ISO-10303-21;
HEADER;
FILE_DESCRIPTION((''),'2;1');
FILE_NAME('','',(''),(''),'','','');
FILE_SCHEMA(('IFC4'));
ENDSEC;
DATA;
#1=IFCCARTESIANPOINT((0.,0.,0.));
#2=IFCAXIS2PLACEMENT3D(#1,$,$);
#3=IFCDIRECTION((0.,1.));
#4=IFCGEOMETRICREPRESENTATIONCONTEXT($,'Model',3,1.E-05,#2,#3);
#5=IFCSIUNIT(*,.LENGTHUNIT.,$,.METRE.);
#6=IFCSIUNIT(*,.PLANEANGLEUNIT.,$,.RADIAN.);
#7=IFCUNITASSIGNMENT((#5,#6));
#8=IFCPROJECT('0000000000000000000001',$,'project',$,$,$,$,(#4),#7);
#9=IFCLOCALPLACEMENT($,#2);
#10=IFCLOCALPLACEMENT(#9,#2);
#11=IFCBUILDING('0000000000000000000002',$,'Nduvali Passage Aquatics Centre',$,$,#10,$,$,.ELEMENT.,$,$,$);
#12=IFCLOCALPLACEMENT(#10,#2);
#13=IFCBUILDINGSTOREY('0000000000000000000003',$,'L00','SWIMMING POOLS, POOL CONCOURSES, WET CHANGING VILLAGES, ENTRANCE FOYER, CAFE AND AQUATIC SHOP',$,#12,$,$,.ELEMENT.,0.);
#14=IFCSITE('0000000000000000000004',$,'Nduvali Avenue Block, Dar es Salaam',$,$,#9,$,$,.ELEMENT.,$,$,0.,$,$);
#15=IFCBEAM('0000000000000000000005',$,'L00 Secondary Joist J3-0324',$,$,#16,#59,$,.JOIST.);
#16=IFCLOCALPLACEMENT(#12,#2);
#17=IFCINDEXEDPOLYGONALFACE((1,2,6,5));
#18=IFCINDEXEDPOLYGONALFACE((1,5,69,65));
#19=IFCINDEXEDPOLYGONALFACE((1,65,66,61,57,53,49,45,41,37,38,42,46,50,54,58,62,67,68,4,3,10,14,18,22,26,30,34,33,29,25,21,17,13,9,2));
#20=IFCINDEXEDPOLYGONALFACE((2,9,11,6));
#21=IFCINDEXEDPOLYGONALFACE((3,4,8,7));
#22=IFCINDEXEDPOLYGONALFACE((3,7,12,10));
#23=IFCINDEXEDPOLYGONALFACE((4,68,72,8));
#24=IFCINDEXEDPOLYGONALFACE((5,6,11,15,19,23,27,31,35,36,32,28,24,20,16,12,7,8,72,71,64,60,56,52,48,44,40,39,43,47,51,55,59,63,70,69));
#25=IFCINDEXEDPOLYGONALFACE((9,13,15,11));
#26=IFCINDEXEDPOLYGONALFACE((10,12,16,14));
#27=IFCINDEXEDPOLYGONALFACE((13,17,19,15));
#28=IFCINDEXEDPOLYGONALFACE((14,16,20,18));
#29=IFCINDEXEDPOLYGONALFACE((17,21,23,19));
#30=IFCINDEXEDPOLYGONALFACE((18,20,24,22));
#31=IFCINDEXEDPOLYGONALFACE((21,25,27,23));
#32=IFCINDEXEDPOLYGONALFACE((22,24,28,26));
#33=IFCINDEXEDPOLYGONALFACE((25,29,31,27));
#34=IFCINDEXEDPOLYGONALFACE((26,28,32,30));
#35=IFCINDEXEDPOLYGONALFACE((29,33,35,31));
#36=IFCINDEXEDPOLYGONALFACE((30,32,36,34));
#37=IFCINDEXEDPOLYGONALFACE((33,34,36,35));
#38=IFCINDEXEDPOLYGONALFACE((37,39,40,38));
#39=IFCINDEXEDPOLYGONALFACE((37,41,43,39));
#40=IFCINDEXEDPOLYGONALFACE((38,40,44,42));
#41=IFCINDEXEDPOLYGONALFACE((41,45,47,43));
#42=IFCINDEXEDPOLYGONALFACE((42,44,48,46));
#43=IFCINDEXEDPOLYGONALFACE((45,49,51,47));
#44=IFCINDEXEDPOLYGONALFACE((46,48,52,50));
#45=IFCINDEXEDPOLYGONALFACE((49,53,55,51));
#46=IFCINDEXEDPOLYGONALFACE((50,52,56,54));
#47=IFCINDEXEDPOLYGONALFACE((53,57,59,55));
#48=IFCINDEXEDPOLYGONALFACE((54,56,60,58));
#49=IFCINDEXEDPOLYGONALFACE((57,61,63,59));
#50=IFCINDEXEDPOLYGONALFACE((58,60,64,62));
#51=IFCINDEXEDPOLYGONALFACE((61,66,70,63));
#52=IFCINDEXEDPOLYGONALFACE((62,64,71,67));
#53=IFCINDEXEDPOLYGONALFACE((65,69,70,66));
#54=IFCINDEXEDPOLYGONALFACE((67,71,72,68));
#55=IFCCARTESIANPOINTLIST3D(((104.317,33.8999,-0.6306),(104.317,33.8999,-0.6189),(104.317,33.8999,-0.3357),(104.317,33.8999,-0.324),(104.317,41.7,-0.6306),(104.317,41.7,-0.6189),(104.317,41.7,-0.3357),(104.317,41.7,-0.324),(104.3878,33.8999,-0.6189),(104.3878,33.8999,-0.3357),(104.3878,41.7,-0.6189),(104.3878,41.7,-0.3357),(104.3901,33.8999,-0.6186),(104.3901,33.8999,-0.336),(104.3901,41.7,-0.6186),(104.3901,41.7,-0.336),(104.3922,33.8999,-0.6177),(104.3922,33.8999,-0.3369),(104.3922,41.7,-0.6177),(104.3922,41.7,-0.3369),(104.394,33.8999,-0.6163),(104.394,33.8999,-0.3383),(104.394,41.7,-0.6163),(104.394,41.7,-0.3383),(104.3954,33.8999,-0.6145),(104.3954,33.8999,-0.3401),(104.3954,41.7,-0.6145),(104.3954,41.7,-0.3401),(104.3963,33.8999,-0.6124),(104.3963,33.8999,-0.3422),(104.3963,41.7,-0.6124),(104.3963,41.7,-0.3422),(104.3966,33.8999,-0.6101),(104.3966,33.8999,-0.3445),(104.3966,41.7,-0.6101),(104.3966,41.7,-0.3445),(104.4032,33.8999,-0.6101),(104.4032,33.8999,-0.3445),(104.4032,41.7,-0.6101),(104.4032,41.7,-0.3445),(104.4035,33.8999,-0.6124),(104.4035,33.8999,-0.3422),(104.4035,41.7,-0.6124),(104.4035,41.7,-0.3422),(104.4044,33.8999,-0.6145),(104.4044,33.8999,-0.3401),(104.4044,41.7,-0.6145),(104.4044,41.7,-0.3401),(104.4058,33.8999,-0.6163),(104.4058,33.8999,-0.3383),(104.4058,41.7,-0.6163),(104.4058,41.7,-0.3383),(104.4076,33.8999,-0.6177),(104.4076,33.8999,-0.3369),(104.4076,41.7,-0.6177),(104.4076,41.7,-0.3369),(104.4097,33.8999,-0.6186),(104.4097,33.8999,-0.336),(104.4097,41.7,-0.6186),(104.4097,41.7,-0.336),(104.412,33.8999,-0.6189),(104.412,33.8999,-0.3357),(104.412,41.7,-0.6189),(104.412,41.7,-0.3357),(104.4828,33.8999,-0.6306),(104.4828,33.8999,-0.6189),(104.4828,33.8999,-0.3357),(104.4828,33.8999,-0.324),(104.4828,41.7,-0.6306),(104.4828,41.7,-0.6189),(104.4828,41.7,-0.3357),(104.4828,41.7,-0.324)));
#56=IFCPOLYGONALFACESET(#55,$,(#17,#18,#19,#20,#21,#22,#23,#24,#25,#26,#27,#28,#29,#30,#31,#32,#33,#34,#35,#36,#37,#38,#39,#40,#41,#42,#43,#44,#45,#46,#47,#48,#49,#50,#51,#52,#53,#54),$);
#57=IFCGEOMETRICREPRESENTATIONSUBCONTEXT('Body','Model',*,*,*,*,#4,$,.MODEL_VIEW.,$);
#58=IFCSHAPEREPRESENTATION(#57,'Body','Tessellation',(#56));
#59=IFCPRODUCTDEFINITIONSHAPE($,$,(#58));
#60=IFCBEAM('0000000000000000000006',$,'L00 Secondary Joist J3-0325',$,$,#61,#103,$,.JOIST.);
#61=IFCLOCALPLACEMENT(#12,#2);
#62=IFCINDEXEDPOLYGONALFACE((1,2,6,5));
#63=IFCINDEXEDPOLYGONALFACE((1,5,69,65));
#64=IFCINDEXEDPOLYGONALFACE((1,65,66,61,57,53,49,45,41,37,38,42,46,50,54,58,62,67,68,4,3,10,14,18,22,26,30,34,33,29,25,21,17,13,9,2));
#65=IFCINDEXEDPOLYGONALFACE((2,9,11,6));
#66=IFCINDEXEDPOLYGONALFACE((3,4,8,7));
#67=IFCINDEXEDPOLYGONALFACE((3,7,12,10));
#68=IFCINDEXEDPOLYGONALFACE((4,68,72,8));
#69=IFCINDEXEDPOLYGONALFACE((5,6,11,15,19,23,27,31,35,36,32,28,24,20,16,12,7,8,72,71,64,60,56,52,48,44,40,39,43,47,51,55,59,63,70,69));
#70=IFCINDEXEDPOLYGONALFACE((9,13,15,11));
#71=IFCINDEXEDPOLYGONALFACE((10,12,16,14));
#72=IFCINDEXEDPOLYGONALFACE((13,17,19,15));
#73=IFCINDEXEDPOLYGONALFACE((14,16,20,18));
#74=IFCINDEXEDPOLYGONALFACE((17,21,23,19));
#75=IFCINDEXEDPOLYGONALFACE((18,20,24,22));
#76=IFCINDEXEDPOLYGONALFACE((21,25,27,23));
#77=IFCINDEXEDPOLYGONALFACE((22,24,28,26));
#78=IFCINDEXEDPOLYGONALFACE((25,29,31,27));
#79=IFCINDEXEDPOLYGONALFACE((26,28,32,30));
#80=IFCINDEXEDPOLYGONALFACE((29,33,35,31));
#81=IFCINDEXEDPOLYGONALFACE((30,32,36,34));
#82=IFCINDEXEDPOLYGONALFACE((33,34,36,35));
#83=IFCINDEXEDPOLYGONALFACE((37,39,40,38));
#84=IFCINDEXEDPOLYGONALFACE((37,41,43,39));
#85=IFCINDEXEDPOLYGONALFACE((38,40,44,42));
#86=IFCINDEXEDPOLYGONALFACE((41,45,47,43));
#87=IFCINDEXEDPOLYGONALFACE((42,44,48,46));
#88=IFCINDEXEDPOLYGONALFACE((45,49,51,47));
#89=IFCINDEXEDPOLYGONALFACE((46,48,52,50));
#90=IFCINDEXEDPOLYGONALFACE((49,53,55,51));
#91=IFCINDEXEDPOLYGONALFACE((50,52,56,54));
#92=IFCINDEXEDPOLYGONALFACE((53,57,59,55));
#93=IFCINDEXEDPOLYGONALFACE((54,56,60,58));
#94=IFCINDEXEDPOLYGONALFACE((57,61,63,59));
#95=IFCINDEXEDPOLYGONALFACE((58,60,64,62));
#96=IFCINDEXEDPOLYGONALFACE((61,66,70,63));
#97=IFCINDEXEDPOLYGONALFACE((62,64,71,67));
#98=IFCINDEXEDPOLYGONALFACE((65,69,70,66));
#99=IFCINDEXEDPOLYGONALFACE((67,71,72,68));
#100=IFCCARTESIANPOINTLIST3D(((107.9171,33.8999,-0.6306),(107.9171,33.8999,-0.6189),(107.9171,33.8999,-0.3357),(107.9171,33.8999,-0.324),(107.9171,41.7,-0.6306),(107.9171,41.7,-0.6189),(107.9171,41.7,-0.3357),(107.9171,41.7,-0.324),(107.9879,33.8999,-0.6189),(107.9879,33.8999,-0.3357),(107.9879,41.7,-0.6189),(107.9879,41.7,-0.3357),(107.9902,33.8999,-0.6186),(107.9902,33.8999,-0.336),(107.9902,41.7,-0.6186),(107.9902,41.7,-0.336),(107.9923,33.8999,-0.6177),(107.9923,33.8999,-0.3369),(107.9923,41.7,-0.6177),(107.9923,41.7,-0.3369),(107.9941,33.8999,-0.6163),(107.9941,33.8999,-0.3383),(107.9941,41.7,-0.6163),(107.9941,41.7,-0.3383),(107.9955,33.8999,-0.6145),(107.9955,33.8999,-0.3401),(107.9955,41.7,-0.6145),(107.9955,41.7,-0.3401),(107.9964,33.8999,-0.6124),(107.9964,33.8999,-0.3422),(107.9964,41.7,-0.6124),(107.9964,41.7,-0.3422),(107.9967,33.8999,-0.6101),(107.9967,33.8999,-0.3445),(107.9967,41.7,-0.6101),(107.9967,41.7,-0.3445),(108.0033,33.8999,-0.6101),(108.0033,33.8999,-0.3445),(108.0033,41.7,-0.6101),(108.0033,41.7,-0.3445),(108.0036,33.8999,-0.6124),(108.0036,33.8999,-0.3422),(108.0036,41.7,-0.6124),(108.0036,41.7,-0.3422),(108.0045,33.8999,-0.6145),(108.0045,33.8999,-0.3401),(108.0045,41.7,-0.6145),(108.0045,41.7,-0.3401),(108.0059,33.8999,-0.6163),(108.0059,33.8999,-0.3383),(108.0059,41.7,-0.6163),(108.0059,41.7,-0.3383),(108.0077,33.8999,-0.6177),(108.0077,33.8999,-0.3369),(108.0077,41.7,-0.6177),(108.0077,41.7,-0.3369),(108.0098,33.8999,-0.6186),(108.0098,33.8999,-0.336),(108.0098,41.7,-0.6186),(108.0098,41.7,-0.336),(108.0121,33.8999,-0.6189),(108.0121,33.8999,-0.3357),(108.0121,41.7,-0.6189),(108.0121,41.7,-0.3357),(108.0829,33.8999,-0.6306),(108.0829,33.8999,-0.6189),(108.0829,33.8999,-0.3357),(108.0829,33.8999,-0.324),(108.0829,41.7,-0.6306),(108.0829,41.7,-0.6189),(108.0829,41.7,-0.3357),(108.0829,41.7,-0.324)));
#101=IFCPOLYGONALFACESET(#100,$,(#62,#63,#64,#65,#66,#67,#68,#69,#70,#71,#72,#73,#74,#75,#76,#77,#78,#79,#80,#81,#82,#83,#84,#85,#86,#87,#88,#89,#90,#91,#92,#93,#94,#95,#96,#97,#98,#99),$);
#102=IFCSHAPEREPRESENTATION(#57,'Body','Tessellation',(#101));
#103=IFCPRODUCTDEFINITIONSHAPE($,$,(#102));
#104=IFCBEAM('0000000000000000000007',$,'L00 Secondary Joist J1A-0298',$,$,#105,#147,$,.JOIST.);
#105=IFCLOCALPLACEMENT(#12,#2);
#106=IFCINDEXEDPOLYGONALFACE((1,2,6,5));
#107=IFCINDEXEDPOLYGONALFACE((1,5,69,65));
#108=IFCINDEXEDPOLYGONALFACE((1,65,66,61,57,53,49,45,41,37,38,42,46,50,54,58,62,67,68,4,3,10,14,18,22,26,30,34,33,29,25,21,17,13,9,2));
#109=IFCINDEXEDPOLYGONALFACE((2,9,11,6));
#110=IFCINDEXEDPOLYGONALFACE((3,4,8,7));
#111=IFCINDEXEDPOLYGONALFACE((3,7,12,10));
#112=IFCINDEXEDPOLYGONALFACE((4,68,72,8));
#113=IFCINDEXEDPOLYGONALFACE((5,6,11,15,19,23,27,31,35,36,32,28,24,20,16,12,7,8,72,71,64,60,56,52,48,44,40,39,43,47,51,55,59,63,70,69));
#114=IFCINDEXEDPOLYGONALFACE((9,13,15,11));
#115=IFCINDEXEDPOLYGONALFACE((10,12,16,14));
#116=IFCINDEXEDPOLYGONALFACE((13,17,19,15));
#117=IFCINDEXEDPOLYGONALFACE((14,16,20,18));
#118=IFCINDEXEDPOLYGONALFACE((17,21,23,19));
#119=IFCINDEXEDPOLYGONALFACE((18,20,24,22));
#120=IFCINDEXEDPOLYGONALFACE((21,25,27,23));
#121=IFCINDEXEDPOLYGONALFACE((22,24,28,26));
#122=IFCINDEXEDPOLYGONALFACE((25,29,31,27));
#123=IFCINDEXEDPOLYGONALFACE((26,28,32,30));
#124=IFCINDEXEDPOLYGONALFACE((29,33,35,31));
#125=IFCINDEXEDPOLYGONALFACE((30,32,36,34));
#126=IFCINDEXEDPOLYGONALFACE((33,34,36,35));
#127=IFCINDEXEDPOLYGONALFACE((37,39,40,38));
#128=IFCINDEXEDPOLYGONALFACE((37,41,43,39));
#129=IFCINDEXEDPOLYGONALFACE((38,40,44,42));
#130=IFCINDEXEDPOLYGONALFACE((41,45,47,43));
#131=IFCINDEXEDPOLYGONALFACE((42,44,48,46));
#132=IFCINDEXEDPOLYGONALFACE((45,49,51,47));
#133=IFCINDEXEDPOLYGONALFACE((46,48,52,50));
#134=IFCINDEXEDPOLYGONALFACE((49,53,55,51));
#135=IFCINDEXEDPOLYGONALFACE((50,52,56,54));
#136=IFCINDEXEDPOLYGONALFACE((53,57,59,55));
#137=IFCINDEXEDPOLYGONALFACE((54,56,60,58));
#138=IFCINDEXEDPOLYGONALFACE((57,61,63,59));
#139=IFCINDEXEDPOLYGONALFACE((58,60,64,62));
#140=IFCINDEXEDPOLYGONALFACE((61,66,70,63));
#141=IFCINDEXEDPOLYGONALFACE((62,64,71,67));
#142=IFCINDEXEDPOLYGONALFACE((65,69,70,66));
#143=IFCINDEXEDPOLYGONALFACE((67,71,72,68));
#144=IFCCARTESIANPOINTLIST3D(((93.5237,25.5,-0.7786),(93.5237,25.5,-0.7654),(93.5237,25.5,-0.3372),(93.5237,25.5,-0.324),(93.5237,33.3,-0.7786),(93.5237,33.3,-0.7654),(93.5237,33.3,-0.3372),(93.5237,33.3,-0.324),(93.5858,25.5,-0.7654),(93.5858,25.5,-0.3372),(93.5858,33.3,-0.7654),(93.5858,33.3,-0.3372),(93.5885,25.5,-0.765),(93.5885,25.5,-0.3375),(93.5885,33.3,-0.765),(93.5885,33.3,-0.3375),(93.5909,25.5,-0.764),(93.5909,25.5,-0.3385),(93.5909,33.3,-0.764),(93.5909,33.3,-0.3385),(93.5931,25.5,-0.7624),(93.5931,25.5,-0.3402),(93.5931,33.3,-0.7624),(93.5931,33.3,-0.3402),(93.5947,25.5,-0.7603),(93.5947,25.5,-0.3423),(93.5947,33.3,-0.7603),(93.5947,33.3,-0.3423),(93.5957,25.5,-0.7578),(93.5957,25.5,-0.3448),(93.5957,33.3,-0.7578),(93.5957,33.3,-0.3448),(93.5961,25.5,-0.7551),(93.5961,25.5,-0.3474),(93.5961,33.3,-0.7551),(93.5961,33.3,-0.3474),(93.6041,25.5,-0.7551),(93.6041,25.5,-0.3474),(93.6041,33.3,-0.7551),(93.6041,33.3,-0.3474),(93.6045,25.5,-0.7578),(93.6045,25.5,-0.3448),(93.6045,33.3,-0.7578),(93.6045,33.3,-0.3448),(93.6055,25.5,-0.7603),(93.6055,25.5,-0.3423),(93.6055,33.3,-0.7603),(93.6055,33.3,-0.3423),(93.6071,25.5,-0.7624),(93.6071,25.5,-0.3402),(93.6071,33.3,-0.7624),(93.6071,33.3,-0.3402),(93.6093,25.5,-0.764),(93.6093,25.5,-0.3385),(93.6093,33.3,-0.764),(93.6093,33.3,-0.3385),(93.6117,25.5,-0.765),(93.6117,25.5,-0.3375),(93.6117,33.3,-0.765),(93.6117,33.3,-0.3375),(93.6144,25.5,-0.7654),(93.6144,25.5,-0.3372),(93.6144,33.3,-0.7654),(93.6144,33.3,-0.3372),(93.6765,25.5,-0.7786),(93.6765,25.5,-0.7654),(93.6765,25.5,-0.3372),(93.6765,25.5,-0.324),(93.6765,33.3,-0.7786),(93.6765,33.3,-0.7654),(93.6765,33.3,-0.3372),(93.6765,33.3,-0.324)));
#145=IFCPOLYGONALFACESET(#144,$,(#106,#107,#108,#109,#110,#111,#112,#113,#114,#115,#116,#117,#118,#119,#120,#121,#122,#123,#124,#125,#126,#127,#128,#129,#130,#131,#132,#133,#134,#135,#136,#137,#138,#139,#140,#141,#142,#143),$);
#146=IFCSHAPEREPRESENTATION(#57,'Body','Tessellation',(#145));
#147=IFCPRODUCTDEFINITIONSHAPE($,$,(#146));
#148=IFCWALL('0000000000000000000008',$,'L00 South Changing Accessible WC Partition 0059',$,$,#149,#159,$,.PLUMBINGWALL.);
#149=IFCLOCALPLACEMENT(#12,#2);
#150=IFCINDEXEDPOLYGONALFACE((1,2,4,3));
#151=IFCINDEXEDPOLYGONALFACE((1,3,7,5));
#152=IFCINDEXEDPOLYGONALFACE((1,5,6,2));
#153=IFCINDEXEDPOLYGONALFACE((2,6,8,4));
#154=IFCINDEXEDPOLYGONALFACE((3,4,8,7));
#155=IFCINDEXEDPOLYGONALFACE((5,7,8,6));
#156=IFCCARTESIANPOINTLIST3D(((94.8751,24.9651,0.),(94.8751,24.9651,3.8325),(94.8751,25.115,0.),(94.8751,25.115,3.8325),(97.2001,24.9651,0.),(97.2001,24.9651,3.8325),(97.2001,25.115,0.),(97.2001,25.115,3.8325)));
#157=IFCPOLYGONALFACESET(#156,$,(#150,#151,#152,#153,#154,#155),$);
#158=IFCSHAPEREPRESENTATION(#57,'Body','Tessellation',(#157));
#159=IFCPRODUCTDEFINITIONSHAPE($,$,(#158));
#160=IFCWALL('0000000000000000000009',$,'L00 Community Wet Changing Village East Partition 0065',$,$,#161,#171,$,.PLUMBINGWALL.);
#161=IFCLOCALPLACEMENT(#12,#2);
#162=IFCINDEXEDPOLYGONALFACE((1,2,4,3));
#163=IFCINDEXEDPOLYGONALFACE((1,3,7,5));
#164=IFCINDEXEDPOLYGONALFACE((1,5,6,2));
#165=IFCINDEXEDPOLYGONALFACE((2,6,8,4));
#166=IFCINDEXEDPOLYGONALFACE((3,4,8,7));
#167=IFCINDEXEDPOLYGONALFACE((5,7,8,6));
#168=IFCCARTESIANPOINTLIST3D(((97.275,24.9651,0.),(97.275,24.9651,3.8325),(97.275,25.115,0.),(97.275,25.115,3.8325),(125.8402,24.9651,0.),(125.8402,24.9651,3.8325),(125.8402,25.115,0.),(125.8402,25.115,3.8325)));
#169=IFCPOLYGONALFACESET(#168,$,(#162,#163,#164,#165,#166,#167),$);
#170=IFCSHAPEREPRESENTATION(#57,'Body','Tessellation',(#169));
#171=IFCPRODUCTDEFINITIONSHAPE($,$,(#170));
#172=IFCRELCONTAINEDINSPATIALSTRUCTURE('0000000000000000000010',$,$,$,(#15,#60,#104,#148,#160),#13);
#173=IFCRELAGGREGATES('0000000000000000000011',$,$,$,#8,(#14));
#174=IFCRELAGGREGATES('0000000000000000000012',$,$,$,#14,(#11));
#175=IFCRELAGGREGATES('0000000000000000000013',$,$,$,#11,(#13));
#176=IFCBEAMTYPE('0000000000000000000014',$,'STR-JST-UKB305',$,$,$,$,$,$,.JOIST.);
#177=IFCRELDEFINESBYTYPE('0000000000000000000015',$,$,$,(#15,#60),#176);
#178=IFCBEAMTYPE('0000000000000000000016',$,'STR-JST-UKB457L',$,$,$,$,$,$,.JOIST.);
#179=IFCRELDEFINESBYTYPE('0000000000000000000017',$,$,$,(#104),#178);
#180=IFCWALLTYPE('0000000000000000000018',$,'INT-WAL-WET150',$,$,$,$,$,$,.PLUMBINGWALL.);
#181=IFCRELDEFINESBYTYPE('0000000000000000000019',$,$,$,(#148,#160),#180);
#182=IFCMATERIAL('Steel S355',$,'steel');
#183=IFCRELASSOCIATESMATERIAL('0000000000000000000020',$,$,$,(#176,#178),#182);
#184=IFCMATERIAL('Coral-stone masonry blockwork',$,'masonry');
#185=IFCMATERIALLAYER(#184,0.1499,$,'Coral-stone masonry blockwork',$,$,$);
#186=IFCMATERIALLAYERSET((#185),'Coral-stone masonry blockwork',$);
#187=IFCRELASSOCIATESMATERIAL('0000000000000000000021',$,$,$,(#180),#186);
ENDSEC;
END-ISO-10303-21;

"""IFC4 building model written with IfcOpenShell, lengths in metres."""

from ifc_helpers import new_model, si_unit, direction, frame, frame_2d, origin, origin_2d, place, context, subcontext, project, spatial, rectangle, i_section, extrude, material, layer, layer_set, material_profile, profile_set, type_object, element, save


model = new_model("IFC4")

# Units and contexts
model_context = context("Model", 3, precision=1e-05, world=origin(), true_north=direction((0.0, 1.0)))
body_context = subcontext(model_context, "Body", "Model", "MODEL_VIEW")
ifc_project = project(units=[si_unit("LENGTHUNIT", "METRE"), si_unit("PLANEANGLEUNIT", "RADIAN")], contexts=[model_context])

# Site, building, storey
site_placement = place(None, origin())
site = spatial("IfcSite", under=ifc_project, at=site_placement, Name="Nduvali Avenue Block, Dar es Salaam", CompositionType="ELEMENT", RefElevation=0.0)
building_placement = place(site_placement, origin())
building = spatial("IfcBuilding", under=site, at=building_placement, Name="Nduvali Passage Aquatics Centre", CompositionType="ELEMENT")
storey_placement = place(building_placement, origin())
storey = spatial("IfcBuildingStorey", under=building, at=storey_placement, Name="L00", Description="SWIMMING POOLS, POOL CONCOURSES, WET CHANGING VILLAGES, ENTRANCE FOYER, CAFE AND AQUATIC SHOP", CompositionType="ELEMENT", Elevation=0.0)

# Beams
ifc_material_1 = material(Name="Steel S355", Category="steel")
ifc_material_profile_1 = material_profile(ifc_material_1, i_section(OverallWidth=0.1658, OverallDepth=0.3066, WebThickness=0.0066, FlangeThickness=0.0117, FilletRadius=0.0088, at=origin_2d()), Name="UKB 305x165x46")
ifc_profile_set_1 = profile_set([ifc_material_profile_1], Name="Steel S355")
beam_type_1 = type_object("IfcBeamType", Name="STR-JST-UKB305", PredefinedType="JOIST", material=ifc_profile_set_1)
for number, where, z_axis, x_axis, name in (
    (1, (104.3999, 33.8999, -0.4773), (0.0, 1.0, 0.0), (-1.0, 0.0, 0.0), "L00 Secondary Joist J3-0324"),
    (2, (108.0, 33.8999, -0.4773), (0.0, 1.0, 0.0), (-1.0, 0.0, 0.0), "L00 Secondary Joist J3-0325"),
):
    element("IfcBeam", number, at=place(storey_placement, frame(where, z_axis=z_axis, x_axis=x_axis)), inside=storey, type_object=beam_type_1, Name=name, PredefinedType="JOIST", context=body_context, shape_type="SweptSolid", body=[
        extrude(i_section(OverallWidth=0.1658, OverallDepth=0.3066, WebThickness=0.0066, FlangeThickness=0.0117, FilletRadius=0.0088, at=origin_2d()), origin(), (0.0, 0.0, 1.0), 7.8),
    ])
ifc_material_profile_2 = material_profile(ifc_material_1, i_section(OverallWidth=0.1528, OverallDepth=0.4546, WebThickness=0.0081, FlangeThickness=0.0132, FilletRadius=0.0103, at=origin_2d()), Name="UKB 457x152x60")
ifc_profile_set_2 = profile_set([ifc_material_profile_2], Name="Steel S355")
beam_type_2 = type_object("IfcBeamType", Name="STR-JST-UKB457L", PredefinedType="JOIST", material=ifc_profile_set_2)
beam_1_placement = place(storey_placement, frame((93.6001, 25.5, -0.5513), z_axis=(0.0, 1.0, 0.0), x_axis=(-1.0, 0.0, 0.0)))
element("IfcBeam", 3, at=beam_1_placement, inside=storey, type_object=beam_type_2, Name="L00 Secondary Joist J1A-0298", PredefinedType="JOIST", context=body_context, shape_type="SweptSolid", body=[
    extrude(i_section(OverallWidth=0.1528, OverallDepth=0.4546, WebThickness=0.0081, FlangeThickness=0.0132, FilletRadius=0.0103, at=origin_2d()), origin(), (0.0, 0.0, 1.0), 7.8),
])

# Walls
ifc_material_2 = material(Name="Coral-stone masonry blockwork", Category="masonry")
ifc_layer = layer(ifc_material_2, 0.1499, Name="Coral-stone masonry blockwork")
ifc_layer_set = layer_set([ifc_layer], Name="Coral-stone masonry blockwork")
wall_type = type_object("IfcWallType", Name="INT-WAL-WET150", PredefinedType="PLUMBINGWALL", material=ifc_layer_set)
wall_1_placement = place(storey_placement, frame((94.875, 25.04, 0.0), z_axis=(0.0, 0.0, 1.0), x_axis=(1.0, 0.0, 0.0)))
element("IfcWall", 4, at=wall_1_placement, inside=storey, type_object=wall_type, Name="L00 South Changing Accessible WC Partition 0059", PredefinedType="PLUMBINGWALL", context=body_context, shape_type="SweptSolid", body=[
    extrude(rectangle(XDim=2.325, YDim=0.1499, at=frame_2d((1.1626, 0.0))), origin(), (0.0, 0.0, 1.0), 3.8325),
])
wall_2_placement = place(storey_placement, frame((97.2749, 25.04, 0.0), z_axis=(0.0, 0.0, 1.0), x_axis=(1.0, 0.0, 0.0)))
element("IfcWall", 5, at=wall_2_placement, inside=storey, type_object=wall_type, Name="L00 Community Wet Changing Village East Partition 0065", PredefinedType="PLUMBINGWALL", context=body_context, shape_type="SweptSolid", body=[
    extrude(rectangle(XDim=28.5652, YDim=0.1499, at=frame_2d((14.2827, 0.0))), origin(), (0.0, 0.0, 1.0), 3.8325),
])

save(model, "model.ifc")
